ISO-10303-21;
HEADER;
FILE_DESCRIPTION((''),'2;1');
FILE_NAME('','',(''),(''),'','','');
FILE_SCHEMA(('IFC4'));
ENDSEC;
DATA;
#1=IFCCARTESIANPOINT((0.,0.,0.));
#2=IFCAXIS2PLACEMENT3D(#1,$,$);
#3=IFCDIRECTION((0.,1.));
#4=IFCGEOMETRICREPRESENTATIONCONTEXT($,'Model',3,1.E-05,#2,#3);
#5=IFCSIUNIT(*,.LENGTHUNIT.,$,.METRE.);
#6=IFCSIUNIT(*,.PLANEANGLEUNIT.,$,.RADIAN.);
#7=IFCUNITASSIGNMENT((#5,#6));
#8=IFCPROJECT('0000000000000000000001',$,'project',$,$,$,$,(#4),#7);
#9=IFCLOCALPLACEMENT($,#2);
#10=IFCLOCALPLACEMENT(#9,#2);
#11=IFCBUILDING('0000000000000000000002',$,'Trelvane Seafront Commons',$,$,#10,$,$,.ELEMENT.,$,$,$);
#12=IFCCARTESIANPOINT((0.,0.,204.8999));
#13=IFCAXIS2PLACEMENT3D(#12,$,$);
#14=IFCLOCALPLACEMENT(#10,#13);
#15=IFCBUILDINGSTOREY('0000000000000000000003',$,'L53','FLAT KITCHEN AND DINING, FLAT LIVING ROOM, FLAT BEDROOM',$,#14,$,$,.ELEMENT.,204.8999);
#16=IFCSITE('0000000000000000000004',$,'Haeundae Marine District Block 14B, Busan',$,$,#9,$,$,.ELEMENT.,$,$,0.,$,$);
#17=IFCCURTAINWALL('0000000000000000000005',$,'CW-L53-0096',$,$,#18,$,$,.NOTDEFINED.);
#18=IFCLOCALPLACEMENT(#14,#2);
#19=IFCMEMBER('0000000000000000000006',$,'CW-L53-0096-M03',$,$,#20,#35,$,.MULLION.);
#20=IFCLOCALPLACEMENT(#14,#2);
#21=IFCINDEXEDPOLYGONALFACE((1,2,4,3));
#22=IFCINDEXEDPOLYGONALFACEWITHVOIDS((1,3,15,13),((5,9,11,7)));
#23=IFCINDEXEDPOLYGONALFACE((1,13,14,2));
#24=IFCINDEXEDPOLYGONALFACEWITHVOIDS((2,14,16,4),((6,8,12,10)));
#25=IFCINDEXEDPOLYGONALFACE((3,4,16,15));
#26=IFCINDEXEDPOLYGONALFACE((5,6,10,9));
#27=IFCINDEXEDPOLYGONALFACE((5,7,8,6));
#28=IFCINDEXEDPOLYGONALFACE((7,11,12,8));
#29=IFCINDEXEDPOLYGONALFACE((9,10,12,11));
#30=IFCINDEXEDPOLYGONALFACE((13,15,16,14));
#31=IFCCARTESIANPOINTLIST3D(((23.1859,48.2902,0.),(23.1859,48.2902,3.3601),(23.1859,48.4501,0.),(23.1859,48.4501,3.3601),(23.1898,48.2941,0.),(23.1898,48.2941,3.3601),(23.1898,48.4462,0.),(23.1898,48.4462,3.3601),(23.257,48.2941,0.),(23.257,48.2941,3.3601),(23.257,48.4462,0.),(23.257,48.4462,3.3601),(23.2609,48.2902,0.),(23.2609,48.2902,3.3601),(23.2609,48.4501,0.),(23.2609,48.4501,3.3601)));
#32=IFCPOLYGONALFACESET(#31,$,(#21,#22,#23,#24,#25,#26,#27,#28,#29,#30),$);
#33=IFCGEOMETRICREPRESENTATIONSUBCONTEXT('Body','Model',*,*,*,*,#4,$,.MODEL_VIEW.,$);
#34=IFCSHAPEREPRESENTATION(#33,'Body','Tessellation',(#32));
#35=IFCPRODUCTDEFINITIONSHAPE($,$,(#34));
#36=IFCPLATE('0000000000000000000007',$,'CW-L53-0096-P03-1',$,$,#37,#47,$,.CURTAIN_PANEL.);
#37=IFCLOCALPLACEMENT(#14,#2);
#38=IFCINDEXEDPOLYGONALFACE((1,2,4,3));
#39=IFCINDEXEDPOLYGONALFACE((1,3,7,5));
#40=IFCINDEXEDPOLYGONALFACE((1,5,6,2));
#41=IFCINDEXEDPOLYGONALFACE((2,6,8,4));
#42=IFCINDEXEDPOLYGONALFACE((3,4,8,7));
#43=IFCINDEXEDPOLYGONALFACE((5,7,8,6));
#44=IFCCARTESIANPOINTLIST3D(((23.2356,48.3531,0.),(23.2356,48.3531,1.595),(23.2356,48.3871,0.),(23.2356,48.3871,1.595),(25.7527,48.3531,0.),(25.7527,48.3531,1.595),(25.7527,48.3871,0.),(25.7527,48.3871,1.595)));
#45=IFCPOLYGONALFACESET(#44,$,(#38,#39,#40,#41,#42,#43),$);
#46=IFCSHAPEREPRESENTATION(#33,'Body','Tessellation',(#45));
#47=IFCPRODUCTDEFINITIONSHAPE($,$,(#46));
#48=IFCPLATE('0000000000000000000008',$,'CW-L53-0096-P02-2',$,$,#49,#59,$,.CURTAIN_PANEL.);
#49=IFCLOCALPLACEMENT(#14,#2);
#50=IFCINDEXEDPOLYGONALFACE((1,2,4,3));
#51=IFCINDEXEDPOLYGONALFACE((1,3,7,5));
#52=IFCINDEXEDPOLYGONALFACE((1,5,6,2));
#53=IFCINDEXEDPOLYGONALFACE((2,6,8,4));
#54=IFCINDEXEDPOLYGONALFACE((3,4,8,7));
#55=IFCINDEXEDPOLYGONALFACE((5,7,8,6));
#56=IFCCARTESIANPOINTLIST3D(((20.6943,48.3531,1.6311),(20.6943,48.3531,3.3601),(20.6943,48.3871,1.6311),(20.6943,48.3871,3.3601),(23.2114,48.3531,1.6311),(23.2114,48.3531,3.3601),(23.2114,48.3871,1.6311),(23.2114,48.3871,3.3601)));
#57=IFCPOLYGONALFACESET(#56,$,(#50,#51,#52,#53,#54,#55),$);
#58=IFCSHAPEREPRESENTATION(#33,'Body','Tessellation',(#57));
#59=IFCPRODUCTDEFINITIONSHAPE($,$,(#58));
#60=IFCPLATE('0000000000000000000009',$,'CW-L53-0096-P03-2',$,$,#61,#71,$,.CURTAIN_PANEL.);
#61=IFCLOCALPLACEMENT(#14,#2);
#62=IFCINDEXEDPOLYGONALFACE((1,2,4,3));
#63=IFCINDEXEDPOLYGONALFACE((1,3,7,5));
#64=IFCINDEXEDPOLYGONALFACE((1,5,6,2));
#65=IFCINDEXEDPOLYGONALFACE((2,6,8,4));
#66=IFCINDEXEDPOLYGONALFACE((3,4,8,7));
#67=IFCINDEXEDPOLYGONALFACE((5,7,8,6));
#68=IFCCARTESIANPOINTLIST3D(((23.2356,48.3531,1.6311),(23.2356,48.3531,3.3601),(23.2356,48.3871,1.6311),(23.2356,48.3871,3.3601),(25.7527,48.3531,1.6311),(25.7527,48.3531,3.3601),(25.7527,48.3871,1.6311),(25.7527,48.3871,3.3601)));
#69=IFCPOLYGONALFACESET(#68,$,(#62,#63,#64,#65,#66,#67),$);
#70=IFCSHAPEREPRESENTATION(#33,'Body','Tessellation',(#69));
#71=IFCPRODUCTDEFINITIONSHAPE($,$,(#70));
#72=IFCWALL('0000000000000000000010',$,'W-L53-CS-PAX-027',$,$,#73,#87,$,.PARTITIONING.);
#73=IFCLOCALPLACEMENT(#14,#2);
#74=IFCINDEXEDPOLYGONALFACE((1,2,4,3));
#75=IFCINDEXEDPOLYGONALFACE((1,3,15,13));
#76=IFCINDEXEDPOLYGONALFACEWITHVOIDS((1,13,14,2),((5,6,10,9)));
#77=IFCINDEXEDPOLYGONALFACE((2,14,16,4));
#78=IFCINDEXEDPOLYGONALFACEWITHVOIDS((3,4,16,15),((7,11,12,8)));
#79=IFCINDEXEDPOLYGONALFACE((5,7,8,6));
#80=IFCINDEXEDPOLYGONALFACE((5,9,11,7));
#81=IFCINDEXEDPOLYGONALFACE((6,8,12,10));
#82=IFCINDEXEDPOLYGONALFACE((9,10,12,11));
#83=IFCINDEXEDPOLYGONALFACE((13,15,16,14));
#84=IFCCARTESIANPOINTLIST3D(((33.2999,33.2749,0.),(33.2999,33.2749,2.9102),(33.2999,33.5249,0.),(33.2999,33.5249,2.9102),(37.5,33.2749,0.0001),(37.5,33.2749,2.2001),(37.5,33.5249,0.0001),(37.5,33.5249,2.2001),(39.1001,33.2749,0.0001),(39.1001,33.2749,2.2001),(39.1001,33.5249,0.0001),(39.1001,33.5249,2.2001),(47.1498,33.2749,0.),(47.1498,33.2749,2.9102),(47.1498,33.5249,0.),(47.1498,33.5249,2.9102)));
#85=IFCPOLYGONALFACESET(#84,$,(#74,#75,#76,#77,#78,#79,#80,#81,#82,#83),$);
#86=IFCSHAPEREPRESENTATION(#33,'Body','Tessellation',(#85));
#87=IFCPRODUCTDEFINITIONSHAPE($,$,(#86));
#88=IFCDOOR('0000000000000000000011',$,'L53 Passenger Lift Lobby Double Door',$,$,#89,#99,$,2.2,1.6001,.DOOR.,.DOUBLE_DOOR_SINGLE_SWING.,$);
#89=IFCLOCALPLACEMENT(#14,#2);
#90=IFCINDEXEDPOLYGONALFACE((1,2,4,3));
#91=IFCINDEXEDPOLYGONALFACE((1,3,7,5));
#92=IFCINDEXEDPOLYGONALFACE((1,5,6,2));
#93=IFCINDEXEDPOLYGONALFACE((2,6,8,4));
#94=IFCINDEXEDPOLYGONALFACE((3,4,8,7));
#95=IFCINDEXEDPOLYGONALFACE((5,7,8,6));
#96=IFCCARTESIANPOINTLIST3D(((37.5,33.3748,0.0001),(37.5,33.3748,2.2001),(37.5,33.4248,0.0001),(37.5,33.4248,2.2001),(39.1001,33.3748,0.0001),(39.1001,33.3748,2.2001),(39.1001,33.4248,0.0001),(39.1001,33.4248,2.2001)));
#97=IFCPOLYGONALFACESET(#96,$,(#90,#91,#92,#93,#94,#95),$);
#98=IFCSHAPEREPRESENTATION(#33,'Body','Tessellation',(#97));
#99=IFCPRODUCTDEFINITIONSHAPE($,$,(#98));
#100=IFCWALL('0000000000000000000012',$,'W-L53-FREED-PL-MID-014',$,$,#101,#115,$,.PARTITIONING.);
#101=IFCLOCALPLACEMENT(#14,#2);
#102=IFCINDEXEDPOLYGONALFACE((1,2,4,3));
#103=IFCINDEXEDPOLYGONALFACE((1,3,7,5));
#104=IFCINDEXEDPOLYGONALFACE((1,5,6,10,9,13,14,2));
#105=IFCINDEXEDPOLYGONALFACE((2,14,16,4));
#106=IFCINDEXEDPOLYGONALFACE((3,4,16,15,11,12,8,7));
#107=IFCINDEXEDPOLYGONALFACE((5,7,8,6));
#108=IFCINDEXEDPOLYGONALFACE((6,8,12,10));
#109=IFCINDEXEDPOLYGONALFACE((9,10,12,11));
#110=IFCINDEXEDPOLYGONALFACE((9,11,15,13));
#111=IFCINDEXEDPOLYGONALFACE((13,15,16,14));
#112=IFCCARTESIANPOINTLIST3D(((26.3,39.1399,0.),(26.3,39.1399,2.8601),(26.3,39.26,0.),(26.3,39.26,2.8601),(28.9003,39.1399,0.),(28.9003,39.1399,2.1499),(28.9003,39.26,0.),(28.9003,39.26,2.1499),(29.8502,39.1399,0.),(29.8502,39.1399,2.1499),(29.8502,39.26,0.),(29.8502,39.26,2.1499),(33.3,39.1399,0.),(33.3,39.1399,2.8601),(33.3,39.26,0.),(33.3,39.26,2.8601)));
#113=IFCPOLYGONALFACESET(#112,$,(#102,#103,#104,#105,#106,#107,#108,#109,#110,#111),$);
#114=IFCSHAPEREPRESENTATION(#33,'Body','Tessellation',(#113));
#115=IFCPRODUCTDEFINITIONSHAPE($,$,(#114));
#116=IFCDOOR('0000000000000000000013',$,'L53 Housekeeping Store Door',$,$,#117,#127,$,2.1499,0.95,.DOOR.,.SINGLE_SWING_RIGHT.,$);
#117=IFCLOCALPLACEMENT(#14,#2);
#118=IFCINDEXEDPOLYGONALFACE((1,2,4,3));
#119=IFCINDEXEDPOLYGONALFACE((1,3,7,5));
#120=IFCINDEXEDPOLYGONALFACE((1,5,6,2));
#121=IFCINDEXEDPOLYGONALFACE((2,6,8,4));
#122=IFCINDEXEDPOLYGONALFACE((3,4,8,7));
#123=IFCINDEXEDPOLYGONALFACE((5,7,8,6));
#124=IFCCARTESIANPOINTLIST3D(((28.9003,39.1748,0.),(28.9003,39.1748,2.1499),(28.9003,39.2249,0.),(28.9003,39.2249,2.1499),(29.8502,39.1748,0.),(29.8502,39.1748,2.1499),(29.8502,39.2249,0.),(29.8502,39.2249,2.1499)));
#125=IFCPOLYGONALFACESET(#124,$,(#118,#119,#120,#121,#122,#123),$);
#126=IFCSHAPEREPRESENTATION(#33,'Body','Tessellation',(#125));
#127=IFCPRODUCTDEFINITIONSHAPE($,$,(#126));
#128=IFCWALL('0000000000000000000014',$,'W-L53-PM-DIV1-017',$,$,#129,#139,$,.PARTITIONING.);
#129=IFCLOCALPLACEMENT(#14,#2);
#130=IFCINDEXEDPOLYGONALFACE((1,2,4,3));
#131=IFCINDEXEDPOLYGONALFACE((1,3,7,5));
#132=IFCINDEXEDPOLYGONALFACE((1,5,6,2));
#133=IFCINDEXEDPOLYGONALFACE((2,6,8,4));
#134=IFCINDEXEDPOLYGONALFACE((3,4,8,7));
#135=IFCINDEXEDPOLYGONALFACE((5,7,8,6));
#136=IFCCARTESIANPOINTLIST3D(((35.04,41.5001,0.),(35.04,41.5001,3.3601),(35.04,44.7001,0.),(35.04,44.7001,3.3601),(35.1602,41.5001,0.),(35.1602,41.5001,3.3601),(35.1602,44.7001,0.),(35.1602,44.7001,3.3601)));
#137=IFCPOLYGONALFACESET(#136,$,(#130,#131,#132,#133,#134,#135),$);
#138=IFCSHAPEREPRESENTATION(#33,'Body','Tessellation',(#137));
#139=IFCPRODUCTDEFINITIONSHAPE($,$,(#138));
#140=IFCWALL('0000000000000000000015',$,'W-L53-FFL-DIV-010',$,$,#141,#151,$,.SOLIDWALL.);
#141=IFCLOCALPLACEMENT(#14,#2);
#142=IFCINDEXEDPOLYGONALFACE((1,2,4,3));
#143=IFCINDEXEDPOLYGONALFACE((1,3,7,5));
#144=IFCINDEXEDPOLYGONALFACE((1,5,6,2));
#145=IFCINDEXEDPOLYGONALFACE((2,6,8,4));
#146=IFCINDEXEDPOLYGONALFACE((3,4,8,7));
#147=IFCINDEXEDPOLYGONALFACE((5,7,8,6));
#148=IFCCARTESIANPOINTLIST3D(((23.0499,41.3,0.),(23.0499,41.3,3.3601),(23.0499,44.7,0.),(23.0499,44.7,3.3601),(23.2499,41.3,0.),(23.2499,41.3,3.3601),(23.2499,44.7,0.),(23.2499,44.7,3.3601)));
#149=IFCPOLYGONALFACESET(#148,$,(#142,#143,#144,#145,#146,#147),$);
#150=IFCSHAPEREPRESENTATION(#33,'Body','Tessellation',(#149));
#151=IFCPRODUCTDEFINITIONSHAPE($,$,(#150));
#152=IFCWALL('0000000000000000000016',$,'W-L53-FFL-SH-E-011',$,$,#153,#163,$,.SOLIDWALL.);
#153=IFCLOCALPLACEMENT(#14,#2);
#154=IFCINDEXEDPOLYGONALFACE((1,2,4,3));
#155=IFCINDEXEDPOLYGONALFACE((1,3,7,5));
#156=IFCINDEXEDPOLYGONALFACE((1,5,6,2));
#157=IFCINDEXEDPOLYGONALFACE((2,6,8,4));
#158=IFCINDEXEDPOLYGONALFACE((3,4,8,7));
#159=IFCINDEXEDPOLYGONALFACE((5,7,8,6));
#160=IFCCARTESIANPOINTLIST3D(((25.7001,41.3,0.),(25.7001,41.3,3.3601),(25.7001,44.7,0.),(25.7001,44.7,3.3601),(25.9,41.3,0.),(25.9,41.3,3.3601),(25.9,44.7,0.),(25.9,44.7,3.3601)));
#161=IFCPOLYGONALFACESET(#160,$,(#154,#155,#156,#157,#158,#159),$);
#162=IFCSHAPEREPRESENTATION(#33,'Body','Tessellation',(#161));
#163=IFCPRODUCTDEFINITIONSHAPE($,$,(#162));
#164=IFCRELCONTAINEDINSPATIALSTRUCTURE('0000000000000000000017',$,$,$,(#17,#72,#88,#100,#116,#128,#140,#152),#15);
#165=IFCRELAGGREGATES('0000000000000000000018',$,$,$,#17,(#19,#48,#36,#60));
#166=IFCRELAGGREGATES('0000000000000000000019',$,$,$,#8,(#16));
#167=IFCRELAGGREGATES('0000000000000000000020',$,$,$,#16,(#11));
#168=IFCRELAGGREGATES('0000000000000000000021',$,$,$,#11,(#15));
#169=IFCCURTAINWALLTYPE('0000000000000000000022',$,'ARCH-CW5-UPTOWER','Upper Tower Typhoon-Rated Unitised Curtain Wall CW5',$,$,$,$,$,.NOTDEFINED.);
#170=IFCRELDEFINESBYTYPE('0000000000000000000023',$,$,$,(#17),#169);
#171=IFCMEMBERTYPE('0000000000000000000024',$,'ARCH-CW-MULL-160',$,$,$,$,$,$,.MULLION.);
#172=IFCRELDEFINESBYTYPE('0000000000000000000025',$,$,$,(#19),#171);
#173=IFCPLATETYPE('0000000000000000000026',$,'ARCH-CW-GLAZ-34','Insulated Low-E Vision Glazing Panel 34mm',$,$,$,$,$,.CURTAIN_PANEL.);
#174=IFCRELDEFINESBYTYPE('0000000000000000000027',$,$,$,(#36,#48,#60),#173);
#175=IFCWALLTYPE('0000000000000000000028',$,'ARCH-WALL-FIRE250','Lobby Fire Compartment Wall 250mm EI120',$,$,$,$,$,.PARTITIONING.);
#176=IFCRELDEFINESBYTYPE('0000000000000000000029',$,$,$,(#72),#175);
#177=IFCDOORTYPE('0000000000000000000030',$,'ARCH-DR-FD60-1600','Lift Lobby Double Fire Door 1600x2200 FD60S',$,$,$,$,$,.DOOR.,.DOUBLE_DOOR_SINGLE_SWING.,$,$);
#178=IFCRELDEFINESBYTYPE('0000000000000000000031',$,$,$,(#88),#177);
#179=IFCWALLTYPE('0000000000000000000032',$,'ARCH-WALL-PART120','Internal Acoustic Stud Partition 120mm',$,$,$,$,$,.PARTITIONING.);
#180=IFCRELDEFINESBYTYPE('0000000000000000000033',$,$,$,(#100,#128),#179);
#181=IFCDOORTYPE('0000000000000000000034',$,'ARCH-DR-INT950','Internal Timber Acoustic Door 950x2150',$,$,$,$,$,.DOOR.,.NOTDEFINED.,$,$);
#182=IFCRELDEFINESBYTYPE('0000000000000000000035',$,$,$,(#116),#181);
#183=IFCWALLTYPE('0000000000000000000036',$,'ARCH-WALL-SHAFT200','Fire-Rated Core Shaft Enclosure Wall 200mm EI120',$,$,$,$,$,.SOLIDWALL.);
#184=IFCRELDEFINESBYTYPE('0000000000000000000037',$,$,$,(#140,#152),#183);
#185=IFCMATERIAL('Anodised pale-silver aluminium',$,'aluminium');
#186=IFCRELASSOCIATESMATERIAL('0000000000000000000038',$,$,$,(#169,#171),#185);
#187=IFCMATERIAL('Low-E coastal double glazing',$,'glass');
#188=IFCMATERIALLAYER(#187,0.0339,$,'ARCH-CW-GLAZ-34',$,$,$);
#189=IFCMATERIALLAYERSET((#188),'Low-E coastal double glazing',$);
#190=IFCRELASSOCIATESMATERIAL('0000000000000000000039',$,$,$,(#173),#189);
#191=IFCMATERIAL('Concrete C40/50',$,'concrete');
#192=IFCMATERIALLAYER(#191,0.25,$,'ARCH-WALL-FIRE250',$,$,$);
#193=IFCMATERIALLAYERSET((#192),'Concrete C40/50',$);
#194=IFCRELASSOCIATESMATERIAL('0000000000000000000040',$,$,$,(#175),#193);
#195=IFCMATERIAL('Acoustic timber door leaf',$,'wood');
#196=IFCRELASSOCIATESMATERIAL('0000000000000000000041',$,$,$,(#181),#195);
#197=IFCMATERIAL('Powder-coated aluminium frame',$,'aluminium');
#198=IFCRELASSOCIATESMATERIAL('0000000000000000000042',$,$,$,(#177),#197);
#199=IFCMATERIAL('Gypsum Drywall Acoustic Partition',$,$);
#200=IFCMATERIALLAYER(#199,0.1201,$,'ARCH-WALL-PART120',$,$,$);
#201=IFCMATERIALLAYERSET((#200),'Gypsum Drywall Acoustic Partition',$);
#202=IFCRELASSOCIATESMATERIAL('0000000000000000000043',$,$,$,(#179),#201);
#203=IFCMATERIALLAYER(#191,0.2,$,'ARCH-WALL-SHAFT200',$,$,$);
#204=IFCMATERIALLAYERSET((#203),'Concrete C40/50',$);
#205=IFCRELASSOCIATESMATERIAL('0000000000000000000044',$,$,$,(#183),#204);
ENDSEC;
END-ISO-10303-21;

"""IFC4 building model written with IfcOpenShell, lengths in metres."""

from ifc_helpers import new_model, si_unit, direction, frame, frame_2d, origin, origin_2d, place, context, subcontext, project, spatial, rectangle, hollow_rectangle, extrude, source, transform, mapped, material, layer, layer_set, material_profile, profile_set, type_object, element, fill, aggregate, save


model = new_model("IFC4")

# Units and contexts
model_context = context("Model", 3, precision=1e-05, world=origin(), true_north=direction((0.0, 1.0)))
body_context = subcontext(model_context, "Body", "Model", "MODEL_VIEW")
ifc_project = project(units=[si_unit("LENGTHUNIT", "METRE"), si_unit("PLANEANGLEUNIT", "RADIAN")], contexts=[model_context])

# Site, building, storey
site_placement = place(None, origin())
site = spatial("IfcSite", under=ifc_project, at=site_placement, Name="Haeundae Marine District Block 14B, Busan", CompositionType="ELEMENT", RefElevation=0.0)
building_placement = place(site_placement, origin())
building = spatial("IfcBuilding", under=site, at=building_placement, Name="Trelvane Seafront Commons", CompositionType="ELEMENT")
storey_placement = place(building_placement, frame((0.0, 0.0, 204.8999)))
storey = spatial("IfcBuildingStorey", under=building, at=storey_placement, Name="L53", Description="FLAT KITCHEN AND DINING, FLAT LIVING ROOM, FLAT BEDROOM", CompositionType="ELEMENT", Elevation=204.8999)

# Curtain wall, member, plates
ifc_material_1 = material(Name="Anodised pale-silver aluminium", Category="aluminium")
curtain_wall_type = type_object("IfcCurtainWallType", Name="ARCH-CW5-UPTOWER", Description="Upper Tower Typhoon-Rated Unitised Curtain Wall CW5", PredefinedType="NOTDEFINED", material=ifc_material_1)
curtain_wall_placement = place(storey_placement, origin())
curtain_wall = element("IfcCurtainWall", 1, at=curtain_wall_placement, inside=storey, type_object=curtain_wall_type, Name="CW-L53-0096", PredefinedType="NOTDEFINED")
ifc_material_profile_1 = material_profile(ifc_material_1, hollow_rectangle(XDim=0.075, YDim=0.1599, WallThickness=0.0039, at=origin_2d()), Name="MULL-75x160x4")
ifc_profile_set_1 = profile_set([ifc_material_profile_1], Name="Anodised pale-silver aluminium")
member_type_1 = type_object("IfcMemberType", Name="ARCH-CW-MULL-160", PredefinedType="MULLION", material=ifc_profile_set_1)
shared_shape_1 = source(origin(), body_context, "Body", "SweptSolid", [
    extrude(hollow_rectangle(XDim=0.075, YDim=0.1599, WallThickness=0.0039, at=origin_2d()), origin(), (0.0, 0.0, 1.0), 3.3601),
])
member_1_placement = place(storey_placement, frame((23.2234, 48.3701, 0.0), z_axis=(0.0, 0.0, 1.0), x_axis=(1.0, 0.0, 0.0)))
member_1 = element("IfcMember", 2, at=member_1_placement, type_object=member_type_1, Name="CW-L53-0096-M03", PredefinedType="MULLION", context=body_context, shape_type="MappedRepresentation", body=[
    mapped(shared_shape_1, transform((0.0, 0.0, 0.0), x_axis=(1.0, 0.0, 0.0), y_axis=(0.0, 1.0, 0.0), z_axis=(0.0, 0.0, 1.0), scale=1.0)),
])
ifc_material_2 = material(Name="Low-E coastal double glazing", Category="glass")
ifc_layer_1 = layer(ifc_material_2, 0.0339, Name="ARCH-CW-GLAZ-34")
ifc_layer_set_1 = layer_set([ifc_layer_1], Name="Low-E coastal double glazing")
plate_type = type_object("IfcPlateType", Name="ARCH-CW-GLAZ-34", Description="Insulated Low-E Vision Glazing Panel 34mm", PredefinedType="CURTAIN_PANEL", material=ifc_layer_set_1)
shared_shape_2 = source(origin(), body_context, "Body", "SweptSolid", [
    extrude(rectangle(XDim=2.5171, YDim=0.0339, at=origin_2d()), origin(), (0.0, 0.0, 1.0), 1.595),
])
plate_1_placement = place(storey_placement, frame((24.4941, 48.3701, 0.0), z_axis=(0.0, 0.0, 1.0), x_axis=(1.0, 0.0, 0.0)))
plate_1 = element("IfcPlate", 3, at=plate_1_placement, type_object=plate_type, Name="CW-L53-0096-P03-1", PredefinedType="CURTAIN_PANEL", context=body_context, shape_type="MappedRepresentation", body=[
    mapped(shared_shape_2, transform((0.0, 0.0, 0.0), x_axis=(1.0, 0.0, 0.0), y_axis=(0.0, 1.0, 0.0), z_axis=(0.0, 0.0, 1.0), scale=1.0)),
])
shared_shape_3 = source(origin(), body_context, "Body", "SweptSolid", [
    extrude(rectangle(XDim=2.5171, YDim=0.0339, at=origin_2d()), origin(), (0.0, 0.0, 1.0), 1.729),
])
plate_2_placement = place(storey_placement, frame((21.9529, 48.3701, 1.6311), z_axis=(0.0, 0.0, 1.0), x_axis=(1.0, 0.0, 0.0)))
plate_2 = element("IfcPlate", 4, at=plate_2_placement, type_object=plate_type, Name="CW-L53-0096-P02-2", PredefinedType="CURTAIN_PANEL", context=body_context, shape_type="MappedRepresentation", body=[
    mapped(shared_shape_3, transform((0.0, 0.0, 0.0), x_axis=(1.0, 0.0, 0.0), y_axis=(0.0, 1.0, 0.0), z_axis=(0.0, 0.0, 1.0), scale=1.0)),
])
plate_3_placement = place(storey_placement, frame((24.4941, 48.3701, 1.6311), z_axis=(0.0, 0.0, 1.0), x_axis=(1.0, 0.0, 0.0)))
plate_3 = element("IfcPlate", 5, at=plate_3_placement, type_object=plate_type, Name="CW-L53-0096-P03-2", PredefinedType="CURTAIN_PANEL", context=body_context, shape_type="MappedRepresentation", body=[
    mapped(shared_shape_3, transform((0.0, 0.0, 0.0), x_axis=(1.0, 0.0, 0.0), y_axis=(0.0, 1.0, 0.0), z_axis=(0.0, 0.0, 1.0), scale=1.0)),
])
aggregate(curtain_wall, [member_1, plate_2, plate_1, plate_3])

# Walls, openings, doors
ifc_material_3 = material(Name="Concrete C40/50", Category="concrete")
ifc_layer_2 = layer(ifc_material_3, 0.25, Name="ARCH-WALL-FIRE250")
ifc_layer_set_2 = layer_set([ifc_layer_2], Name="Concrete C40/50")
wall_type_1 = type_object("IfcWallType", Name="ARCH-WALL-FIRE250", Description="Lobby Fire Compartment Wall 250mm EI120", PredefinedType="PARTITIONING", material=ifc_layer_set_2)
ifc_material_4 = material(Name="Acoustic timber door leaf", Category="wood")
door_type_1 = type_object("IfcDoorType", Name="ARCH-DR-INT950", Description="Internal Timber Acoustic Door 950x2150", OperationType="NOTDEFINED", PredefinedType="DOOR", material=ifc_material_4)
shared_shape_4 = source(origin(), body_context, "Body", "SweptSolid", [
    extrude(rectangle(XDim=0.95, YDim=2.1499, at=frame_2d((0.4751, 1.075))), frame((0.0, 0.0249, 0.0), z_axis=(0.0, -1.0, 0.0), x_axis=(1.0, 0.0, 0.0)), (0.0, 0.0, 1.0), 0.05),
])
wall_1_placement = place(storey_placement, frame((33.3, 33.3999, 0.0), z_axis=(0.0, 0.0, 1.0), x_axis=(1.0, 0.0, 0.0)))
wall_1 = element("IfcWall", 6, at=wall_1_placement, inside=storey, type_object=wall_type_1, Name="W-L53-CS-PAX-027", PredefinedType="PARTITIONING", context=body_context, shape_type="SweptSolid", body=[
    extrude(rectangle(XDim=13.8499, YDim=0.25, at=frame_2d((6.9248, 0.0))), origin(), (0.0, 0.0, 1.0), 2.9102),
])
opening_1_placement = place(wall_1_placement, frame((4.2, 0.0, 0.0)))
opening_1 = element("IfcOpeningElement", 7, at=opening_1_placement, cuts=wall_1, PredefinedType="OPENING", context=body_context, shape_type="SweptSolid", body=[
    extrude(rectangle(XDim=1.6001, YDim=2.2, at=frame_2d((0.8, 1.1001))), frame((0.0, 0.135, 0.0), z_axis=(0.0, -1.0, 0.0), x_axis=(1.0, 0.0, 0.0)), (0.0, 0.0, 1.0), 0.27),
])
ifc_material_5 = material(Name="Powder-coated aluminium frame", Category="aluminium")
door_type_2 = type_object("IfcDoorType", Name="ARCH-DR-FD60-1600", Description="Lift Lobby Double Fire Door 1600x2200 FD60S", OperationType="DOUBLE_DOOR_SINGLE_SWING", PredefinedType="DOOR", material=ifc_material_5)
shared_shape_5 = source(origin(), body_context, "Body", "SweptSolid", [
    extrude(rectangle(XDim=1.6001, YDim=2.2, at=frame_2d((0.8, 1.1001))), frame((0.0, 0.0249, 0.0), z_axis=(0.0, -1.0, 0.0), x_axis=(1.0, 0.0, 0.0)), (0.0, 0.0, 1.0), 0.05),
])
door_1_placement = place(opening_1_placement, origin())
door_1 = element("IfcDoor", 8, at=door_1_placement, inside=storey, type_object=door_type_2, Name="L53 Passenger Lift Lobby Double Door", OperationType="DOUBLE_DOOR_SINGLE_SWING", OverallHeight=2.2, OverallWidth=1.6001, PredefinedType="DOOR", context=body_context, shape_type="MappedRepresentation", body=[
    mapped(shared_shape_5, transform((0.0, 0.0, 0.0), x_axis=(1.0, 0.0, 0.0), y_axis=(0.0, 1.0, 0.0), z_axis=(0.0, 0.0, 1.0), scale=1.0)),
])
fill(opening_1, door_1)
ifc_material_6 = material(Name="Gypsum Drywall Acoustic Partition")
ifc_layer_3 = layer(ifc_material_6, 0.1201, Name="ARCH-WALL-PART120")
ifc_layer_set_3 = layer_set([ifc_layer_3], Name="Gypsum Drywall Acoustic Partition")
wall_type_2 = type_object("IfcWallType", Name="ARCH-WALL-PART120", Description="Internal Acoustic Stud Partition 120mm", PredefinedType="PARTITIONING", material=ifc_layer_set_3)
wall_2_placement = place(storey_placement, frame((26.3, 39.2, 0.0), z_axis=(0.0, 0.0, 1.0), x_axis=(1.0, 0.0, 0.0)))
wall_2 = element("IfcWall", 9, at=wall_2_placement, inside=storey, type_object=wall_type_2, Name="W-L53-FREED-PL-MID-014", PredefinedType="PARTITIONING", context=body_context, shape_type="SweptSolid", body=[
    extrude(rectangle(XDim=7.0, YDim=0.1201, at=frame_2d((3.5, 0.0))), origin(), (0.0, 0.0, 1.0), 2.8601),
])
opening_2_placement = place(wall_2_placement, frame((2.6001, 0.0, 0.0)))
opening_2 = element("IfcOpeningElement", 10, at=opening_2_placement, cuts=wall_2, PredefinedType="OPENING", context=body_context, shape_type="SweptSolid", body=[
    extrude(rectangle(XDim=0.95, YDim=2.1499, at=frame_2d((0.4751, 1.075))), frame((0.0, 0.0701, 0.0), z_axis=(0.0, -1.0, 0.0), x_axis=(1.0, 0.0, 0.0)), (0.0, 0.0, 1.0), 0.1401),
])
door_2_placement = place(opening_2_placement, origin())
door_2 = element("IfcDoor", 11, at=door_2_placement, inside=storey, type_object=door_type_1, Name="L53 Housekeeping Store Door", OperationType="SINGLE_SWING_RIGHT", OverallHeight=2.1499, OverallWidth=0.95, PredefinedType="DOOR", context=body_context, shape_type="MappedRepresentation", body=[
    mapped(shared_shape_4, transform((0.0, 0.0, 0.0), x_axis=(1.0, 0.0, 0.0), y_axis=(0.0, 1.0, 0.0), z_axis=(0.0, 0.0, 1.0), scale=1.0)),
])
fill(opening_2, door_2)

# Walls
wall_3_placement = place(storey_placement, frame((35.1001, 41.5, 0.0), z_axis=(0.0, 0.0, 1.0), x_axis=(0.0, 1.0, 0.0)))
element("IfcWall", 12, at=wall_3_placement, inside=storey, type_object=wall_type_2, Name="W-L53-PM-DIV1-017", PredefinedType="PARTITIONING", context=body_context, shape_type="SweptSolid", body=[
    extrude(rectangle(XDim=3.2, YDim=0.1201, at=frame_2d((1.6001, 0.0))), origin(), (0.0, 0.0, 1.0), 3.3601),
])
ifc_layer_4 = layer(ifc_material_3, 0.2, Name="ARCH-WALL-SHAFT200")
ifc_layer_set_4 = layer_set([ifc_layer_4], Name="Concrete C40/50")
wall_type_3 = type_object("IfcWallType", Name="ARCH-WALL-SHAFT200", Description="Fire-Rated Core Shaft Enclosure Wall 200mm EI120", PredefinedType="SOLIDWALL", material=ifc_layer_set_4)
for number, where, z_axis, x_axis, name in (
    (13, (23.1499, 41.3, 0.0), (0.0, 0.0, 1.0), (0.0, 1.0, 0.0), "W-L53-FFL-DIV-010"),
    (14, (25.8, 41.3, 0.0), (0.0, 0.0, 1.0), (0.0, 1.0, 0.0), "W-L53-FFL-SH-E-011"),
):
    element("IfcWall", number, at=place(storey_placement, frame(where, z_axis=z_axis, x_axis=x_axis)), inside=storey, type_object=wall_type_3, Name=name, PredefinedType="SOLIDWALL", context=body_context, shape_type="SweptSolid", body=[
        extrude(rectangle(XDim=3.3999, YDim=0.2, at=frame_2d((1.7, 0.0))), origin(), (0.0, 0.0, 1.0), 3.3601),
    ])

save(model, "model.ifc")
